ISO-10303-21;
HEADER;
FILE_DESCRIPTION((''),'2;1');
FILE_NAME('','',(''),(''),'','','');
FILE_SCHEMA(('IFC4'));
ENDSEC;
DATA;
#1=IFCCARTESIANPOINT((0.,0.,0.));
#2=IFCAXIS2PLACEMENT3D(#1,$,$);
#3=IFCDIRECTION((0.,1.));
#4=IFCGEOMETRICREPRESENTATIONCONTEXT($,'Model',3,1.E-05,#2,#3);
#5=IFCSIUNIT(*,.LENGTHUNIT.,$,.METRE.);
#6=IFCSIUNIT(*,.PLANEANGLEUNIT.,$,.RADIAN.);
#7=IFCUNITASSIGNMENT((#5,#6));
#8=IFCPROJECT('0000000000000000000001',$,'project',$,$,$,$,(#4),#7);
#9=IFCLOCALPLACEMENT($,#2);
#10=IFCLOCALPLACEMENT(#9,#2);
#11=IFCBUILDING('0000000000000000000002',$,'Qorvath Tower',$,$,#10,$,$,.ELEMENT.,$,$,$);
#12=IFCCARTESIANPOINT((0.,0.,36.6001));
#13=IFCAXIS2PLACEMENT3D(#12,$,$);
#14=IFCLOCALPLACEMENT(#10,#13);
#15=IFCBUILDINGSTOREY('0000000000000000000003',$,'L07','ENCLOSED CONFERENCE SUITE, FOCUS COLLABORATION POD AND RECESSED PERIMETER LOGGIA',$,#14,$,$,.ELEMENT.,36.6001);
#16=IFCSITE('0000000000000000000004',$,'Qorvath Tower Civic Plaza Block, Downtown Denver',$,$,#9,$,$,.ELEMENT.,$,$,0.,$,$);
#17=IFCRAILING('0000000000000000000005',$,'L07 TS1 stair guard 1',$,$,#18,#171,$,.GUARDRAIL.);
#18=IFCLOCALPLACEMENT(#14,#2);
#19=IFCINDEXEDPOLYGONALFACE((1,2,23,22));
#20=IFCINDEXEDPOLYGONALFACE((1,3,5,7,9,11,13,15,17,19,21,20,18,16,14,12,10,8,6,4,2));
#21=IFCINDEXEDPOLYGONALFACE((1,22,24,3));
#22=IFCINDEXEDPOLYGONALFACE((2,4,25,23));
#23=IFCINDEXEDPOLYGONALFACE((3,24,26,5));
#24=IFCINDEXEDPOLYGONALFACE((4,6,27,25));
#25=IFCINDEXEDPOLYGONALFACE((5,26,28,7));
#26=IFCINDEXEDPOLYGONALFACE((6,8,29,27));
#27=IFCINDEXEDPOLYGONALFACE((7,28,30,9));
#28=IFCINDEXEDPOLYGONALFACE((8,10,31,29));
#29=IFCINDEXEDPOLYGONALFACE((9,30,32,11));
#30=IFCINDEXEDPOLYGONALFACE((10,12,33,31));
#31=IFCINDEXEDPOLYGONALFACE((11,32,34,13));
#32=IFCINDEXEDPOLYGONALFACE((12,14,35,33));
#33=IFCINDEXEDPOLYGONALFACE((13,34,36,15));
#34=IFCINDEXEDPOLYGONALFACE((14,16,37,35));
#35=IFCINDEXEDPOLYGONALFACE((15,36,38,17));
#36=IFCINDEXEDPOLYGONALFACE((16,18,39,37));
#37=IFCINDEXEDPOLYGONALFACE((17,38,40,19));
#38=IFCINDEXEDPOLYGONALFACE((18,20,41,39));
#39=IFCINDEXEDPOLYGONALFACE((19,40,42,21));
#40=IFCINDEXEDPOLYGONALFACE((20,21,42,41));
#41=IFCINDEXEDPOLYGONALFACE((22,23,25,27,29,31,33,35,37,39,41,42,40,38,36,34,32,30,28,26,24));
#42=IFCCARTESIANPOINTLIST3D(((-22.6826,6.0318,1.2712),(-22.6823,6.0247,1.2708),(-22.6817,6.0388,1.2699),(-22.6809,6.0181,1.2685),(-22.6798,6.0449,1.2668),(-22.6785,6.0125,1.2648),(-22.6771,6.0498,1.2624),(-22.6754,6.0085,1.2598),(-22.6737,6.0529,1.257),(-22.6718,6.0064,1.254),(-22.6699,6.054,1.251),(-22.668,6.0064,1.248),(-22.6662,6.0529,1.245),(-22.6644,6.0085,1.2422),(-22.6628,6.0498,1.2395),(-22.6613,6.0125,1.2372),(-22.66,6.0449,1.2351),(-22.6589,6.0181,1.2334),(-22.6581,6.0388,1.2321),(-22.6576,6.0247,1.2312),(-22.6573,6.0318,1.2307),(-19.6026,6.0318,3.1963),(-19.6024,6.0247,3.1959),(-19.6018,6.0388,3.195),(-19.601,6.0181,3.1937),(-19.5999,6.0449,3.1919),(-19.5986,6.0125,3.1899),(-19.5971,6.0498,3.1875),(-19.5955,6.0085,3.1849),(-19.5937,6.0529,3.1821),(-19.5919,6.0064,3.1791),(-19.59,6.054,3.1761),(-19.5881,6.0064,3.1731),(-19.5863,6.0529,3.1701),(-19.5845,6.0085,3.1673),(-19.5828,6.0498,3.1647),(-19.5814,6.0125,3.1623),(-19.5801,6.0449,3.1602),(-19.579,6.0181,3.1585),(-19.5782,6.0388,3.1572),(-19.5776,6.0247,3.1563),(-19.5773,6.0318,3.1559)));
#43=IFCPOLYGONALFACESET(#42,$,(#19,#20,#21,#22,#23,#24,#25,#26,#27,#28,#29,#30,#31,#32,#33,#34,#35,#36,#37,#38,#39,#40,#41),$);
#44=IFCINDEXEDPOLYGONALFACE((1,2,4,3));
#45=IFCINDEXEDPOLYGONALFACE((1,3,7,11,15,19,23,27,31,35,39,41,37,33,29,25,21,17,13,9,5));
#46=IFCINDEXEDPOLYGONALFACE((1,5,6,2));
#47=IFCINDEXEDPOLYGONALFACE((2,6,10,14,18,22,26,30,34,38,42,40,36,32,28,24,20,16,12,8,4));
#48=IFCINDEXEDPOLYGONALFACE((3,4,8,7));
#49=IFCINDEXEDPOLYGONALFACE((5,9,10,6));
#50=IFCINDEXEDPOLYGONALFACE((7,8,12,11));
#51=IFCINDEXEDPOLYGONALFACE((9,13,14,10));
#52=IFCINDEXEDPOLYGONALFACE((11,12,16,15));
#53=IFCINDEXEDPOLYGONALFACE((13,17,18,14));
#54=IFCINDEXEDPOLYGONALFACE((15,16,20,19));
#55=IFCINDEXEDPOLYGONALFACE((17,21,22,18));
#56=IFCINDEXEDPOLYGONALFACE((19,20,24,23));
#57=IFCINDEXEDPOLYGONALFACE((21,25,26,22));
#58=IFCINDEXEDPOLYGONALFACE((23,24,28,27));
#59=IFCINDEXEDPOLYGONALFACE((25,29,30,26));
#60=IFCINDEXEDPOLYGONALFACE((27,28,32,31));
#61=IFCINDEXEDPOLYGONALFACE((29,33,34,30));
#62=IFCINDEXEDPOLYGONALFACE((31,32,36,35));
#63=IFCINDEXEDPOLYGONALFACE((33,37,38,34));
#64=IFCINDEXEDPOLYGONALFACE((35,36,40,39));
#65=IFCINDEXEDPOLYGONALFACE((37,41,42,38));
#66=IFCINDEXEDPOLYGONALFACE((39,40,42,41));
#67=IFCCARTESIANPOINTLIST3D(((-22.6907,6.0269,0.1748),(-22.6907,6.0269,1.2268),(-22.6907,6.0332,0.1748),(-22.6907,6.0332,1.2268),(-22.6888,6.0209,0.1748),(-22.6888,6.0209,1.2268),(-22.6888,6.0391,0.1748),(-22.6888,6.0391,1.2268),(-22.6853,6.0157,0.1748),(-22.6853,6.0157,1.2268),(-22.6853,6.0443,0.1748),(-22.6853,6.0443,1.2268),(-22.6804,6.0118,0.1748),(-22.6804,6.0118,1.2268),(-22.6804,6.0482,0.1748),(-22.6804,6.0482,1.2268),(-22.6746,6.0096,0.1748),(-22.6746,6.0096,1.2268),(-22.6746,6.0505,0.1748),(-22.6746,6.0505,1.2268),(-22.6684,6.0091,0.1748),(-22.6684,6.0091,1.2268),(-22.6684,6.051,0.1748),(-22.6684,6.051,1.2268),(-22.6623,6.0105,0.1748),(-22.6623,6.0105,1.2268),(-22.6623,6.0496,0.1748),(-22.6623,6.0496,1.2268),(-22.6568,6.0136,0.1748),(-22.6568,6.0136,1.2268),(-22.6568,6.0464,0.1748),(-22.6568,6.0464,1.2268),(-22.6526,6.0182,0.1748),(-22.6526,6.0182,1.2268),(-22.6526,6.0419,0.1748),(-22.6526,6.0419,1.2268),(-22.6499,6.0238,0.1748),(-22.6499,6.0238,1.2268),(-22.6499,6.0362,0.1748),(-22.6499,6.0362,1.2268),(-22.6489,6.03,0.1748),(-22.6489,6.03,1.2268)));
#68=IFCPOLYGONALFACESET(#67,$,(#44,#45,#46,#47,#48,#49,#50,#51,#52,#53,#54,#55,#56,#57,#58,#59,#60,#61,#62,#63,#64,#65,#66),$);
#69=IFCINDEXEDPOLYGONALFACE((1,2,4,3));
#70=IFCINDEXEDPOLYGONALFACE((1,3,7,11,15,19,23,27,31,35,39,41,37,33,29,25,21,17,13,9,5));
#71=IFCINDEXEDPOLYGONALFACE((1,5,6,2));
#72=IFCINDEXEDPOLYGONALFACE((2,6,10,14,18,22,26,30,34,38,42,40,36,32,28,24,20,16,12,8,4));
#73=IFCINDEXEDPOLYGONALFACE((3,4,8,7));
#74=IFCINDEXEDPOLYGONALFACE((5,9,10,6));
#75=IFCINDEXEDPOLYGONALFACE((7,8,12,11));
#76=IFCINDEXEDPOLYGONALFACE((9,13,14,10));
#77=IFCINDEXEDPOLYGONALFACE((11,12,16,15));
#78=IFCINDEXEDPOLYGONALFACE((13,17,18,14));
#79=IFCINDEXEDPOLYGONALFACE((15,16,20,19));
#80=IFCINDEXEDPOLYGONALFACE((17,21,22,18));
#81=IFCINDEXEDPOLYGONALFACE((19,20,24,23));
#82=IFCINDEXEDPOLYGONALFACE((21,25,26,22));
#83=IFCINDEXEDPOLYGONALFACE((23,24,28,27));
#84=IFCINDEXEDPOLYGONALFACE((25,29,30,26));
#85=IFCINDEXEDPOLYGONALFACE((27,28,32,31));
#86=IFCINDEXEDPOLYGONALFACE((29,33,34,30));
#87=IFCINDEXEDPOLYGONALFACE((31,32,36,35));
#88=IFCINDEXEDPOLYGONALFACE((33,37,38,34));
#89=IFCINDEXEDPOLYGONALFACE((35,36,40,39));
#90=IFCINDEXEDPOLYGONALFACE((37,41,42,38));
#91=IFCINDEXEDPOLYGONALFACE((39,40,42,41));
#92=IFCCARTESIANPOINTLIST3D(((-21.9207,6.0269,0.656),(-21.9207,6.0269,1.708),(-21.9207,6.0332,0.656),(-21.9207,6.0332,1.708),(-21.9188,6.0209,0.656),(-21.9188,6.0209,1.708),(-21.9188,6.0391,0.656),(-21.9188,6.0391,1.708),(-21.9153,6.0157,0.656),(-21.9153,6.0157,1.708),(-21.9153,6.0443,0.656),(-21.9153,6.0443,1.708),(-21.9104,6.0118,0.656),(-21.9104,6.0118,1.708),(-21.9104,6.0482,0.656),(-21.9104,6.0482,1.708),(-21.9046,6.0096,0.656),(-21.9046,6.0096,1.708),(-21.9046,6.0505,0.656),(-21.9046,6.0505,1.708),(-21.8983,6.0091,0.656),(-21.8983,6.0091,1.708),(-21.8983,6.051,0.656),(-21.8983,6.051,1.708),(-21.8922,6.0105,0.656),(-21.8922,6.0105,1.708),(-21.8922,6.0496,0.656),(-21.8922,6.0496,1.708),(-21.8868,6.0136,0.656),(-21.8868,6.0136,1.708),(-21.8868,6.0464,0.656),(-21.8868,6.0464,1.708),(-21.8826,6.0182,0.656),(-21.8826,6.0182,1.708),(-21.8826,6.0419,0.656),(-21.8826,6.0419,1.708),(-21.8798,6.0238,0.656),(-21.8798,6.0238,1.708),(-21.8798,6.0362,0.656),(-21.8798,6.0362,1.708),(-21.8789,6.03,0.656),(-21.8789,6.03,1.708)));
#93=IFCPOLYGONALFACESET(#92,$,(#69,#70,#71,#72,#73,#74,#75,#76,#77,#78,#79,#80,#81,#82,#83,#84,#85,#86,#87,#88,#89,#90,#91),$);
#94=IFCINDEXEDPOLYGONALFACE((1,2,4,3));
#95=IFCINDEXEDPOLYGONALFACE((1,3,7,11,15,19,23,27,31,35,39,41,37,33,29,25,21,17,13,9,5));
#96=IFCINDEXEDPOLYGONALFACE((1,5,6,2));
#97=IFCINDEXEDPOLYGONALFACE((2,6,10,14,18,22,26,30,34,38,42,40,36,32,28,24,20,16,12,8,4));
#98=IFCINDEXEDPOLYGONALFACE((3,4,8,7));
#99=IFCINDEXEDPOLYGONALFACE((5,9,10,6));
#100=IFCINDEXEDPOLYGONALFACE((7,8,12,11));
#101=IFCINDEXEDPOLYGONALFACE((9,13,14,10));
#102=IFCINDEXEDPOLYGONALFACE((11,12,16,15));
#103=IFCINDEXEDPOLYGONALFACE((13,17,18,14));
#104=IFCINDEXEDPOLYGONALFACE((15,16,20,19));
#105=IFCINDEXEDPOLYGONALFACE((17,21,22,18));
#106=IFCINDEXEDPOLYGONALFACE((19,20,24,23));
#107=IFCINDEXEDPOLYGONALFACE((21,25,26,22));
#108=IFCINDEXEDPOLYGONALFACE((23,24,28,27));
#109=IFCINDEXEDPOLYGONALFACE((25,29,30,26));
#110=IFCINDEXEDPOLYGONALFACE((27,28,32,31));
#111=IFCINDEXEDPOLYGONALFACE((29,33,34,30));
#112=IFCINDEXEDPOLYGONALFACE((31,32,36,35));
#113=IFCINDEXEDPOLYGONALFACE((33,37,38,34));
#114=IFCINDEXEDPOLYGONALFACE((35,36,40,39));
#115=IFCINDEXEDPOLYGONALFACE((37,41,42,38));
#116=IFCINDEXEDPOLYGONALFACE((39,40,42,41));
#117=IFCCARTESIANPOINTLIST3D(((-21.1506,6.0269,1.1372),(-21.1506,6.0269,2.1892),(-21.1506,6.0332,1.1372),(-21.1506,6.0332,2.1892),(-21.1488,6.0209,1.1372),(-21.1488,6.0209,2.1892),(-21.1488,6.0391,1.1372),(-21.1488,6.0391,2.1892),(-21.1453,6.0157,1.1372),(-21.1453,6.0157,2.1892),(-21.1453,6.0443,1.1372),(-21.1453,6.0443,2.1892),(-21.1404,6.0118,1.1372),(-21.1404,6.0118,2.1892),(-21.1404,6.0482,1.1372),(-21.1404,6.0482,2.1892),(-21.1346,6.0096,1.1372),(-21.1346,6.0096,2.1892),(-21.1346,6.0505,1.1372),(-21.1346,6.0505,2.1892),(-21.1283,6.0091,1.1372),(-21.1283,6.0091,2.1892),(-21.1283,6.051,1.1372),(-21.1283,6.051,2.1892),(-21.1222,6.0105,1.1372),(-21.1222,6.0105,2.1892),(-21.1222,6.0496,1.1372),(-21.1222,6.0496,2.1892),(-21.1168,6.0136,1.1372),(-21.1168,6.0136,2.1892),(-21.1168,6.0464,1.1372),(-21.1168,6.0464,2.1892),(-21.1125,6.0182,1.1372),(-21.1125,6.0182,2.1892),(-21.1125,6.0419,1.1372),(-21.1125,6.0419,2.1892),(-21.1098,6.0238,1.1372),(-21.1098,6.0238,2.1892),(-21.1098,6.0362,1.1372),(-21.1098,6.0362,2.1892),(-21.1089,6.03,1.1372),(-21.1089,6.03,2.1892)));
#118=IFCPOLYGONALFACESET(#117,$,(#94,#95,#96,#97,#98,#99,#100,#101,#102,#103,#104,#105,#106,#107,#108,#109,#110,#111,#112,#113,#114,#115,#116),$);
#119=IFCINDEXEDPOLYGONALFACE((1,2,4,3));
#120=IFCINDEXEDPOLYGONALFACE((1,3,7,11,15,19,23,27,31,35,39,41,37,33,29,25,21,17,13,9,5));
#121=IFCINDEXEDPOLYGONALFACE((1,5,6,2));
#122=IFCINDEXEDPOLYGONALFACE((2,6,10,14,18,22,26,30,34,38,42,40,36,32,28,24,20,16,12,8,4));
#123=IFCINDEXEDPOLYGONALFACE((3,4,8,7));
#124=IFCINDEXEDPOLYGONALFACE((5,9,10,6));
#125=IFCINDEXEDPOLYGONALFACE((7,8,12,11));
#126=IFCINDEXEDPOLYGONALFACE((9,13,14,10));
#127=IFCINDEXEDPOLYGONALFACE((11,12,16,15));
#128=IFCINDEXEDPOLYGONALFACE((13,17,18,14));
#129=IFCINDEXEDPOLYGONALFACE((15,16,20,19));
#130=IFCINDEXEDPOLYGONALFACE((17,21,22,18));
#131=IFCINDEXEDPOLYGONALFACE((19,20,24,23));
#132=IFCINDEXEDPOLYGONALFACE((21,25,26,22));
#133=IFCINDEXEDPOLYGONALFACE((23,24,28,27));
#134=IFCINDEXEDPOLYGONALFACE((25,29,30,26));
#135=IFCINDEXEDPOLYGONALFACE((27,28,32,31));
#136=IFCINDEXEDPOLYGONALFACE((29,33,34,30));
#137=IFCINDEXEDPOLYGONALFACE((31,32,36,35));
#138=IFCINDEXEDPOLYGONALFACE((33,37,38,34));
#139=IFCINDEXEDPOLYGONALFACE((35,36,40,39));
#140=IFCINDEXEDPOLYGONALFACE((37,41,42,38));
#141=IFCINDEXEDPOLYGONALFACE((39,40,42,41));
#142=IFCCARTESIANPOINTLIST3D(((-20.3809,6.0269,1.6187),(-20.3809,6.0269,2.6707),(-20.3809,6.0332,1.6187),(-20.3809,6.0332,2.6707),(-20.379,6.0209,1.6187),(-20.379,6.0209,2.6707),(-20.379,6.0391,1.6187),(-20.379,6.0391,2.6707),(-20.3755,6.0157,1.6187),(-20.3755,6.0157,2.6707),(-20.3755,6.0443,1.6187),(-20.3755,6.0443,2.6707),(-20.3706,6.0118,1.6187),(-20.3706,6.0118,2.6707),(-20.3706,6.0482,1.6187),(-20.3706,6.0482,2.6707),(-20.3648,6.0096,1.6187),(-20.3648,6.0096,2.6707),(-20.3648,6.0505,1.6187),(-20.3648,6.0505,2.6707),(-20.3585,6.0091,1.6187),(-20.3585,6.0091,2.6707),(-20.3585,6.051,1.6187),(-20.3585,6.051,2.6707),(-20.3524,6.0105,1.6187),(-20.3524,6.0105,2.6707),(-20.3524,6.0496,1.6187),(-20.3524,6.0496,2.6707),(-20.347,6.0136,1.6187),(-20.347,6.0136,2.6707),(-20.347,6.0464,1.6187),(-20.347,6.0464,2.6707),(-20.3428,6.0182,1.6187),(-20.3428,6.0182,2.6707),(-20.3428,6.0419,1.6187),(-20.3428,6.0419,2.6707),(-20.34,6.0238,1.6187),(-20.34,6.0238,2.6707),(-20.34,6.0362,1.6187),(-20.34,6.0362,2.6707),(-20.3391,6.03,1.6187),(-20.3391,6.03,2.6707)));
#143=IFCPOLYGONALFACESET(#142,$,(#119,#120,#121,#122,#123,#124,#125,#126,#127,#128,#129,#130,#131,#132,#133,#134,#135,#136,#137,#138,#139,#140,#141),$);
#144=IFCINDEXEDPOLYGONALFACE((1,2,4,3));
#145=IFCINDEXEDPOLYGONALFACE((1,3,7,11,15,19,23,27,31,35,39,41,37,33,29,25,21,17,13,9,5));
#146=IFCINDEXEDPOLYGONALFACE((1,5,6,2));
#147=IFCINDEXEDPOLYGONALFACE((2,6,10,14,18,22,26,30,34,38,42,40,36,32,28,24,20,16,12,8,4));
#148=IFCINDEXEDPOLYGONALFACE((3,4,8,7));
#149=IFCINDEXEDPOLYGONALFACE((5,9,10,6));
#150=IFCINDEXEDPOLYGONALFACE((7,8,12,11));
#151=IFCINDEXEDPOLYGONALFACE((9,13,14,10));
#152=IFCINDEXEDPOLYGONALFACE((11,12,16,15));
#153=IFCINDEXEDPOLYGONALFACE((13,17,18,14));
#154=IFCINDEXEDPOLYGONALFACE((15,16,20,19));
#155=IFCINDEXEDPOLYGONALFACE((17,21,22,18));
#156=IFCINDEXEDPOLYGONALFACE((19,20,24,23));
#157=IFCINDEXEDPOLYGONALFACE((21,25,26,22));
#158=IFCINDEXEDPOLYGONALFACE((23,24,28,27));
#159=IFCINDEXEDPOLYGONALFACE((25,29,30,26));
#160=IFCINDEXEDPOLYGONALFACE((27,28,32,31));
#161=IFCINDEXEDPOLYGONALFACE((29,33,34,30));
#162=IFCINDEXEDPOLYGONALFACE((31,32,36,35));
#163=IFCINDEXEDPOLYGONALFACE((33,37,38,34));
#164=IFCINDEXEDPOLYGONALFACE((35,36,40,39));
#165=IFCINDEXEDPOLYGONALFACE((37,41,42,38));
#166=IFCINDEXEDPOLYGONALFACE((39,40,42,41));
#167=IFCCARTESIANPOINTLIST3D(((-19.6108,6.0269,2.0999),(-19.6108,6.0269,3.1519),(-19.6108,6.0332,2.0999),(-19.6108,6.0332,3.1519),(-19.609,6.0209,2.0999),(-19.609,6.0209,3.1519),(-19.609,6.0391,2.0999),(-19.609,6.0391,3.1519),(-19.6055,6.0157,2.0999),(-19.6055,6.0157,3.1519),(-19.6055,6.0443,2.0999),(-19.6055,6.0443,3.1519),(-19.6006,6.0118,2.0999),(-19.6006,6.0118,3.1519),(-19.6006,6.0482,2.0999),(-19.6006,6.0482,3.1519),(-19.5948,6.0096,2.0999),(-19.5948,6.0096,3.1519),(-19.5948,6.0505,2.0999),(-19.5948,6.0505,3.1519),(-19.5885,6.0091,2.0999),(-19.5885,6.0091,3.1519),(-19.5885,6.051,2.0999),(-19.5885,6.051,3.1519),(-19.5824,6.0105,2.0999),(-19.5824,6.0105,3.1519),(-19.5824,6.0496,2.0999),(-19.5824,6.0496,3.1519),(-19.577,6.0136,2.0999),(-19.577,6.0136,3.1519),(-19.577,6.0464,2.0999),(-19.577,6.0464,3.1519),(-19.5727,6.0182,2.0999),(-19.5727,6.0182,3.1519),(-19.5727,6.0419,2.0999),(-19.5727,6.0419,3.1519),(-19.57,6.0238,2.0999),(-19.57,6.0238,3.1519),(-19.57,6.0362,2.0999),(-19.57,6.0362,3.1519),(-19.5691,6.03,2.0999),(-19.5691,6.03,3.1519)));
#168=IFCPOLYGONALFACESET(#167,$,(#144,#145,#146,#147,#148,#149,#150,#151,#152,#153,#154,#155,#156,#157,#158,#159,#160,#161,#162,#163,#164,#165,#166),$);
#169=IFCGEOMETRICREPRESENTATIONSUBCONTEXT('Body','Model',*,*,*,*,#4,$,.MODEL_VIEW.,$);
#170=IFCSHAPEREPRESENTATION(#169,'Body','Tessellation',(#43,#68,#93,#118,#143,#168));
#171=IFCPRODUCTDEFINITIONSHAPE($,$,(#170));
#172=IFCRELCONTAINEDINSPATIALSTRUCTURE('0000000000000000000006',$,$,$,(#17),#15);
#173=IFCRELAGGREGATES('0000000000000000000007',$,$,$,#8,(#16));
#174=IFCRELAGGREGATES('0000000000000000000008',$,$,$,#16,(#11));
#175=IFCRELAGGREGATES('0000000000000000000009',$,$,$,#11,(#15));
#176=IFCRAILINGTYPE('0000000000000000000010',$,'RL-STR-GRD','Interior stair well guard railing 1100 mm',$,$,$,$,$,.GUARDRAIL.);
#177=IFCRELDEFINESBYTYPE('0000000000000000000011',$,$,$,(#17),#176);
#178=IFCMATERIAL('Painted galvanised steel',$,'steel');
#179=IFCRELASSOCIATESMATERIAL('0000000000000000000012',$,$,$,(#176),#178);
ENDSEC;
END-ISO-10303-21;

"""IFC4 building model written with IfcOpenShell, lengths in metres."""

from ifc_helpers import new_model, si_unit, direction, frame, origin, origin_2d, place, context, subcontext, project, spatial, circle, extrude, material, type_object, element, save


model = new_model("IFC4")

# Units and contexts
model_context = context("Model", 3, precision=1e-05, world=origin(), true_north=direction((0.0, 1.0)))
body_context = subcontext(model_context, "Body", "Model", "MODEL_VIEW")
ifc_project = project(units=[si_unit("LENGTHUNIT", "METRE"), si_unit("PLANEANGLEUNIT", "RADIAN")], contexts=[model_context])

# Site, building, storey
site_placement = place(None, origin())
site = spatial("IfcSite", under=ifc_project, at=site_placement, Name="Qorvath Tower Civic Plaza Block, Downtown Denver", CompositionType="ELEMENT", RefElevation=0.0)
building_placement = place(site_placement, origin())
building = spatial("IfcBuilding", under=site, at=building_placement, Name="Qorvath Tower", CompositionType="ELEMENT")
storey_placement = place(building_placement, frame((0.0, 0.0, 36.6001)))
storey = spatial("IfcBuildingStorey", under=building, at=storey_placement, Name="L07", Description="ENCLOSED CONFERENCE SUITE, FOCUS COLLABORATION POD AND RECESSED PERIMETER LOGGIA", CompositionType="ELEMENT", Elevation=36.6001)

# Railing
ifc_material_1 = material(Name="Painted galvanised steel", Category="steel")
railing_type_1 = type_object("IfcRailingType", Name="RL-STR-GRD", Description="Interior stair well guard railing 1100 mm", PredefinedType="GUARDRAIL", material=ifc_material_1)
railing_1_placement = place(storey_placement, frame((-22.6699, 6.03, 0.1748)))
element("IfcRailing", 1, at=railing_1_placement, inside=storey, type_object=railing_type_1, Name="L07 TS1 stair guard 1", PredefinedType="GUARDRAIL", context=body_context, shape_type="SweptSolid", body=[
    extrude(circle(Radius=0.0239, at=origin_2d()), frame((0.0, 0.0, 1.0762), z_axis=(0.847979, 0.0, 0.530029), x_axis=(0.0, 1.0, 0.0)), (0.0, 0.0, 1.0), 3.6321),
    extrude(circle(Radius=0.021, at=origin_2d()), origin(), (0.0, 0.0, 1.0), 1.052),
    extrude(circle(Radius=0.021, at=origin_2d()), frame((0.77, 0.0, 0.4812)), (0.0, 0.0, 1.0), 1.052),
    extrude(circle(Radius=0.021, at=origin_2d()), frame((1.54, 0.0, 0.9624)), (0.0, 0.0, 1.0), 1.052),
    extrude(circle(Radius=0.021, at=origin_2d()), frame((2.3098, 0.0, 1.4438)), (0.0, 0.0, 1.0), 1.052),
    extrude(circle(Radius=0.021, at=origin_2d()), frame((3.0798, 0.0, 1.925)), (0.0, 0.0, 1.0), 1.052),
])

save(model, "model.ifc")
